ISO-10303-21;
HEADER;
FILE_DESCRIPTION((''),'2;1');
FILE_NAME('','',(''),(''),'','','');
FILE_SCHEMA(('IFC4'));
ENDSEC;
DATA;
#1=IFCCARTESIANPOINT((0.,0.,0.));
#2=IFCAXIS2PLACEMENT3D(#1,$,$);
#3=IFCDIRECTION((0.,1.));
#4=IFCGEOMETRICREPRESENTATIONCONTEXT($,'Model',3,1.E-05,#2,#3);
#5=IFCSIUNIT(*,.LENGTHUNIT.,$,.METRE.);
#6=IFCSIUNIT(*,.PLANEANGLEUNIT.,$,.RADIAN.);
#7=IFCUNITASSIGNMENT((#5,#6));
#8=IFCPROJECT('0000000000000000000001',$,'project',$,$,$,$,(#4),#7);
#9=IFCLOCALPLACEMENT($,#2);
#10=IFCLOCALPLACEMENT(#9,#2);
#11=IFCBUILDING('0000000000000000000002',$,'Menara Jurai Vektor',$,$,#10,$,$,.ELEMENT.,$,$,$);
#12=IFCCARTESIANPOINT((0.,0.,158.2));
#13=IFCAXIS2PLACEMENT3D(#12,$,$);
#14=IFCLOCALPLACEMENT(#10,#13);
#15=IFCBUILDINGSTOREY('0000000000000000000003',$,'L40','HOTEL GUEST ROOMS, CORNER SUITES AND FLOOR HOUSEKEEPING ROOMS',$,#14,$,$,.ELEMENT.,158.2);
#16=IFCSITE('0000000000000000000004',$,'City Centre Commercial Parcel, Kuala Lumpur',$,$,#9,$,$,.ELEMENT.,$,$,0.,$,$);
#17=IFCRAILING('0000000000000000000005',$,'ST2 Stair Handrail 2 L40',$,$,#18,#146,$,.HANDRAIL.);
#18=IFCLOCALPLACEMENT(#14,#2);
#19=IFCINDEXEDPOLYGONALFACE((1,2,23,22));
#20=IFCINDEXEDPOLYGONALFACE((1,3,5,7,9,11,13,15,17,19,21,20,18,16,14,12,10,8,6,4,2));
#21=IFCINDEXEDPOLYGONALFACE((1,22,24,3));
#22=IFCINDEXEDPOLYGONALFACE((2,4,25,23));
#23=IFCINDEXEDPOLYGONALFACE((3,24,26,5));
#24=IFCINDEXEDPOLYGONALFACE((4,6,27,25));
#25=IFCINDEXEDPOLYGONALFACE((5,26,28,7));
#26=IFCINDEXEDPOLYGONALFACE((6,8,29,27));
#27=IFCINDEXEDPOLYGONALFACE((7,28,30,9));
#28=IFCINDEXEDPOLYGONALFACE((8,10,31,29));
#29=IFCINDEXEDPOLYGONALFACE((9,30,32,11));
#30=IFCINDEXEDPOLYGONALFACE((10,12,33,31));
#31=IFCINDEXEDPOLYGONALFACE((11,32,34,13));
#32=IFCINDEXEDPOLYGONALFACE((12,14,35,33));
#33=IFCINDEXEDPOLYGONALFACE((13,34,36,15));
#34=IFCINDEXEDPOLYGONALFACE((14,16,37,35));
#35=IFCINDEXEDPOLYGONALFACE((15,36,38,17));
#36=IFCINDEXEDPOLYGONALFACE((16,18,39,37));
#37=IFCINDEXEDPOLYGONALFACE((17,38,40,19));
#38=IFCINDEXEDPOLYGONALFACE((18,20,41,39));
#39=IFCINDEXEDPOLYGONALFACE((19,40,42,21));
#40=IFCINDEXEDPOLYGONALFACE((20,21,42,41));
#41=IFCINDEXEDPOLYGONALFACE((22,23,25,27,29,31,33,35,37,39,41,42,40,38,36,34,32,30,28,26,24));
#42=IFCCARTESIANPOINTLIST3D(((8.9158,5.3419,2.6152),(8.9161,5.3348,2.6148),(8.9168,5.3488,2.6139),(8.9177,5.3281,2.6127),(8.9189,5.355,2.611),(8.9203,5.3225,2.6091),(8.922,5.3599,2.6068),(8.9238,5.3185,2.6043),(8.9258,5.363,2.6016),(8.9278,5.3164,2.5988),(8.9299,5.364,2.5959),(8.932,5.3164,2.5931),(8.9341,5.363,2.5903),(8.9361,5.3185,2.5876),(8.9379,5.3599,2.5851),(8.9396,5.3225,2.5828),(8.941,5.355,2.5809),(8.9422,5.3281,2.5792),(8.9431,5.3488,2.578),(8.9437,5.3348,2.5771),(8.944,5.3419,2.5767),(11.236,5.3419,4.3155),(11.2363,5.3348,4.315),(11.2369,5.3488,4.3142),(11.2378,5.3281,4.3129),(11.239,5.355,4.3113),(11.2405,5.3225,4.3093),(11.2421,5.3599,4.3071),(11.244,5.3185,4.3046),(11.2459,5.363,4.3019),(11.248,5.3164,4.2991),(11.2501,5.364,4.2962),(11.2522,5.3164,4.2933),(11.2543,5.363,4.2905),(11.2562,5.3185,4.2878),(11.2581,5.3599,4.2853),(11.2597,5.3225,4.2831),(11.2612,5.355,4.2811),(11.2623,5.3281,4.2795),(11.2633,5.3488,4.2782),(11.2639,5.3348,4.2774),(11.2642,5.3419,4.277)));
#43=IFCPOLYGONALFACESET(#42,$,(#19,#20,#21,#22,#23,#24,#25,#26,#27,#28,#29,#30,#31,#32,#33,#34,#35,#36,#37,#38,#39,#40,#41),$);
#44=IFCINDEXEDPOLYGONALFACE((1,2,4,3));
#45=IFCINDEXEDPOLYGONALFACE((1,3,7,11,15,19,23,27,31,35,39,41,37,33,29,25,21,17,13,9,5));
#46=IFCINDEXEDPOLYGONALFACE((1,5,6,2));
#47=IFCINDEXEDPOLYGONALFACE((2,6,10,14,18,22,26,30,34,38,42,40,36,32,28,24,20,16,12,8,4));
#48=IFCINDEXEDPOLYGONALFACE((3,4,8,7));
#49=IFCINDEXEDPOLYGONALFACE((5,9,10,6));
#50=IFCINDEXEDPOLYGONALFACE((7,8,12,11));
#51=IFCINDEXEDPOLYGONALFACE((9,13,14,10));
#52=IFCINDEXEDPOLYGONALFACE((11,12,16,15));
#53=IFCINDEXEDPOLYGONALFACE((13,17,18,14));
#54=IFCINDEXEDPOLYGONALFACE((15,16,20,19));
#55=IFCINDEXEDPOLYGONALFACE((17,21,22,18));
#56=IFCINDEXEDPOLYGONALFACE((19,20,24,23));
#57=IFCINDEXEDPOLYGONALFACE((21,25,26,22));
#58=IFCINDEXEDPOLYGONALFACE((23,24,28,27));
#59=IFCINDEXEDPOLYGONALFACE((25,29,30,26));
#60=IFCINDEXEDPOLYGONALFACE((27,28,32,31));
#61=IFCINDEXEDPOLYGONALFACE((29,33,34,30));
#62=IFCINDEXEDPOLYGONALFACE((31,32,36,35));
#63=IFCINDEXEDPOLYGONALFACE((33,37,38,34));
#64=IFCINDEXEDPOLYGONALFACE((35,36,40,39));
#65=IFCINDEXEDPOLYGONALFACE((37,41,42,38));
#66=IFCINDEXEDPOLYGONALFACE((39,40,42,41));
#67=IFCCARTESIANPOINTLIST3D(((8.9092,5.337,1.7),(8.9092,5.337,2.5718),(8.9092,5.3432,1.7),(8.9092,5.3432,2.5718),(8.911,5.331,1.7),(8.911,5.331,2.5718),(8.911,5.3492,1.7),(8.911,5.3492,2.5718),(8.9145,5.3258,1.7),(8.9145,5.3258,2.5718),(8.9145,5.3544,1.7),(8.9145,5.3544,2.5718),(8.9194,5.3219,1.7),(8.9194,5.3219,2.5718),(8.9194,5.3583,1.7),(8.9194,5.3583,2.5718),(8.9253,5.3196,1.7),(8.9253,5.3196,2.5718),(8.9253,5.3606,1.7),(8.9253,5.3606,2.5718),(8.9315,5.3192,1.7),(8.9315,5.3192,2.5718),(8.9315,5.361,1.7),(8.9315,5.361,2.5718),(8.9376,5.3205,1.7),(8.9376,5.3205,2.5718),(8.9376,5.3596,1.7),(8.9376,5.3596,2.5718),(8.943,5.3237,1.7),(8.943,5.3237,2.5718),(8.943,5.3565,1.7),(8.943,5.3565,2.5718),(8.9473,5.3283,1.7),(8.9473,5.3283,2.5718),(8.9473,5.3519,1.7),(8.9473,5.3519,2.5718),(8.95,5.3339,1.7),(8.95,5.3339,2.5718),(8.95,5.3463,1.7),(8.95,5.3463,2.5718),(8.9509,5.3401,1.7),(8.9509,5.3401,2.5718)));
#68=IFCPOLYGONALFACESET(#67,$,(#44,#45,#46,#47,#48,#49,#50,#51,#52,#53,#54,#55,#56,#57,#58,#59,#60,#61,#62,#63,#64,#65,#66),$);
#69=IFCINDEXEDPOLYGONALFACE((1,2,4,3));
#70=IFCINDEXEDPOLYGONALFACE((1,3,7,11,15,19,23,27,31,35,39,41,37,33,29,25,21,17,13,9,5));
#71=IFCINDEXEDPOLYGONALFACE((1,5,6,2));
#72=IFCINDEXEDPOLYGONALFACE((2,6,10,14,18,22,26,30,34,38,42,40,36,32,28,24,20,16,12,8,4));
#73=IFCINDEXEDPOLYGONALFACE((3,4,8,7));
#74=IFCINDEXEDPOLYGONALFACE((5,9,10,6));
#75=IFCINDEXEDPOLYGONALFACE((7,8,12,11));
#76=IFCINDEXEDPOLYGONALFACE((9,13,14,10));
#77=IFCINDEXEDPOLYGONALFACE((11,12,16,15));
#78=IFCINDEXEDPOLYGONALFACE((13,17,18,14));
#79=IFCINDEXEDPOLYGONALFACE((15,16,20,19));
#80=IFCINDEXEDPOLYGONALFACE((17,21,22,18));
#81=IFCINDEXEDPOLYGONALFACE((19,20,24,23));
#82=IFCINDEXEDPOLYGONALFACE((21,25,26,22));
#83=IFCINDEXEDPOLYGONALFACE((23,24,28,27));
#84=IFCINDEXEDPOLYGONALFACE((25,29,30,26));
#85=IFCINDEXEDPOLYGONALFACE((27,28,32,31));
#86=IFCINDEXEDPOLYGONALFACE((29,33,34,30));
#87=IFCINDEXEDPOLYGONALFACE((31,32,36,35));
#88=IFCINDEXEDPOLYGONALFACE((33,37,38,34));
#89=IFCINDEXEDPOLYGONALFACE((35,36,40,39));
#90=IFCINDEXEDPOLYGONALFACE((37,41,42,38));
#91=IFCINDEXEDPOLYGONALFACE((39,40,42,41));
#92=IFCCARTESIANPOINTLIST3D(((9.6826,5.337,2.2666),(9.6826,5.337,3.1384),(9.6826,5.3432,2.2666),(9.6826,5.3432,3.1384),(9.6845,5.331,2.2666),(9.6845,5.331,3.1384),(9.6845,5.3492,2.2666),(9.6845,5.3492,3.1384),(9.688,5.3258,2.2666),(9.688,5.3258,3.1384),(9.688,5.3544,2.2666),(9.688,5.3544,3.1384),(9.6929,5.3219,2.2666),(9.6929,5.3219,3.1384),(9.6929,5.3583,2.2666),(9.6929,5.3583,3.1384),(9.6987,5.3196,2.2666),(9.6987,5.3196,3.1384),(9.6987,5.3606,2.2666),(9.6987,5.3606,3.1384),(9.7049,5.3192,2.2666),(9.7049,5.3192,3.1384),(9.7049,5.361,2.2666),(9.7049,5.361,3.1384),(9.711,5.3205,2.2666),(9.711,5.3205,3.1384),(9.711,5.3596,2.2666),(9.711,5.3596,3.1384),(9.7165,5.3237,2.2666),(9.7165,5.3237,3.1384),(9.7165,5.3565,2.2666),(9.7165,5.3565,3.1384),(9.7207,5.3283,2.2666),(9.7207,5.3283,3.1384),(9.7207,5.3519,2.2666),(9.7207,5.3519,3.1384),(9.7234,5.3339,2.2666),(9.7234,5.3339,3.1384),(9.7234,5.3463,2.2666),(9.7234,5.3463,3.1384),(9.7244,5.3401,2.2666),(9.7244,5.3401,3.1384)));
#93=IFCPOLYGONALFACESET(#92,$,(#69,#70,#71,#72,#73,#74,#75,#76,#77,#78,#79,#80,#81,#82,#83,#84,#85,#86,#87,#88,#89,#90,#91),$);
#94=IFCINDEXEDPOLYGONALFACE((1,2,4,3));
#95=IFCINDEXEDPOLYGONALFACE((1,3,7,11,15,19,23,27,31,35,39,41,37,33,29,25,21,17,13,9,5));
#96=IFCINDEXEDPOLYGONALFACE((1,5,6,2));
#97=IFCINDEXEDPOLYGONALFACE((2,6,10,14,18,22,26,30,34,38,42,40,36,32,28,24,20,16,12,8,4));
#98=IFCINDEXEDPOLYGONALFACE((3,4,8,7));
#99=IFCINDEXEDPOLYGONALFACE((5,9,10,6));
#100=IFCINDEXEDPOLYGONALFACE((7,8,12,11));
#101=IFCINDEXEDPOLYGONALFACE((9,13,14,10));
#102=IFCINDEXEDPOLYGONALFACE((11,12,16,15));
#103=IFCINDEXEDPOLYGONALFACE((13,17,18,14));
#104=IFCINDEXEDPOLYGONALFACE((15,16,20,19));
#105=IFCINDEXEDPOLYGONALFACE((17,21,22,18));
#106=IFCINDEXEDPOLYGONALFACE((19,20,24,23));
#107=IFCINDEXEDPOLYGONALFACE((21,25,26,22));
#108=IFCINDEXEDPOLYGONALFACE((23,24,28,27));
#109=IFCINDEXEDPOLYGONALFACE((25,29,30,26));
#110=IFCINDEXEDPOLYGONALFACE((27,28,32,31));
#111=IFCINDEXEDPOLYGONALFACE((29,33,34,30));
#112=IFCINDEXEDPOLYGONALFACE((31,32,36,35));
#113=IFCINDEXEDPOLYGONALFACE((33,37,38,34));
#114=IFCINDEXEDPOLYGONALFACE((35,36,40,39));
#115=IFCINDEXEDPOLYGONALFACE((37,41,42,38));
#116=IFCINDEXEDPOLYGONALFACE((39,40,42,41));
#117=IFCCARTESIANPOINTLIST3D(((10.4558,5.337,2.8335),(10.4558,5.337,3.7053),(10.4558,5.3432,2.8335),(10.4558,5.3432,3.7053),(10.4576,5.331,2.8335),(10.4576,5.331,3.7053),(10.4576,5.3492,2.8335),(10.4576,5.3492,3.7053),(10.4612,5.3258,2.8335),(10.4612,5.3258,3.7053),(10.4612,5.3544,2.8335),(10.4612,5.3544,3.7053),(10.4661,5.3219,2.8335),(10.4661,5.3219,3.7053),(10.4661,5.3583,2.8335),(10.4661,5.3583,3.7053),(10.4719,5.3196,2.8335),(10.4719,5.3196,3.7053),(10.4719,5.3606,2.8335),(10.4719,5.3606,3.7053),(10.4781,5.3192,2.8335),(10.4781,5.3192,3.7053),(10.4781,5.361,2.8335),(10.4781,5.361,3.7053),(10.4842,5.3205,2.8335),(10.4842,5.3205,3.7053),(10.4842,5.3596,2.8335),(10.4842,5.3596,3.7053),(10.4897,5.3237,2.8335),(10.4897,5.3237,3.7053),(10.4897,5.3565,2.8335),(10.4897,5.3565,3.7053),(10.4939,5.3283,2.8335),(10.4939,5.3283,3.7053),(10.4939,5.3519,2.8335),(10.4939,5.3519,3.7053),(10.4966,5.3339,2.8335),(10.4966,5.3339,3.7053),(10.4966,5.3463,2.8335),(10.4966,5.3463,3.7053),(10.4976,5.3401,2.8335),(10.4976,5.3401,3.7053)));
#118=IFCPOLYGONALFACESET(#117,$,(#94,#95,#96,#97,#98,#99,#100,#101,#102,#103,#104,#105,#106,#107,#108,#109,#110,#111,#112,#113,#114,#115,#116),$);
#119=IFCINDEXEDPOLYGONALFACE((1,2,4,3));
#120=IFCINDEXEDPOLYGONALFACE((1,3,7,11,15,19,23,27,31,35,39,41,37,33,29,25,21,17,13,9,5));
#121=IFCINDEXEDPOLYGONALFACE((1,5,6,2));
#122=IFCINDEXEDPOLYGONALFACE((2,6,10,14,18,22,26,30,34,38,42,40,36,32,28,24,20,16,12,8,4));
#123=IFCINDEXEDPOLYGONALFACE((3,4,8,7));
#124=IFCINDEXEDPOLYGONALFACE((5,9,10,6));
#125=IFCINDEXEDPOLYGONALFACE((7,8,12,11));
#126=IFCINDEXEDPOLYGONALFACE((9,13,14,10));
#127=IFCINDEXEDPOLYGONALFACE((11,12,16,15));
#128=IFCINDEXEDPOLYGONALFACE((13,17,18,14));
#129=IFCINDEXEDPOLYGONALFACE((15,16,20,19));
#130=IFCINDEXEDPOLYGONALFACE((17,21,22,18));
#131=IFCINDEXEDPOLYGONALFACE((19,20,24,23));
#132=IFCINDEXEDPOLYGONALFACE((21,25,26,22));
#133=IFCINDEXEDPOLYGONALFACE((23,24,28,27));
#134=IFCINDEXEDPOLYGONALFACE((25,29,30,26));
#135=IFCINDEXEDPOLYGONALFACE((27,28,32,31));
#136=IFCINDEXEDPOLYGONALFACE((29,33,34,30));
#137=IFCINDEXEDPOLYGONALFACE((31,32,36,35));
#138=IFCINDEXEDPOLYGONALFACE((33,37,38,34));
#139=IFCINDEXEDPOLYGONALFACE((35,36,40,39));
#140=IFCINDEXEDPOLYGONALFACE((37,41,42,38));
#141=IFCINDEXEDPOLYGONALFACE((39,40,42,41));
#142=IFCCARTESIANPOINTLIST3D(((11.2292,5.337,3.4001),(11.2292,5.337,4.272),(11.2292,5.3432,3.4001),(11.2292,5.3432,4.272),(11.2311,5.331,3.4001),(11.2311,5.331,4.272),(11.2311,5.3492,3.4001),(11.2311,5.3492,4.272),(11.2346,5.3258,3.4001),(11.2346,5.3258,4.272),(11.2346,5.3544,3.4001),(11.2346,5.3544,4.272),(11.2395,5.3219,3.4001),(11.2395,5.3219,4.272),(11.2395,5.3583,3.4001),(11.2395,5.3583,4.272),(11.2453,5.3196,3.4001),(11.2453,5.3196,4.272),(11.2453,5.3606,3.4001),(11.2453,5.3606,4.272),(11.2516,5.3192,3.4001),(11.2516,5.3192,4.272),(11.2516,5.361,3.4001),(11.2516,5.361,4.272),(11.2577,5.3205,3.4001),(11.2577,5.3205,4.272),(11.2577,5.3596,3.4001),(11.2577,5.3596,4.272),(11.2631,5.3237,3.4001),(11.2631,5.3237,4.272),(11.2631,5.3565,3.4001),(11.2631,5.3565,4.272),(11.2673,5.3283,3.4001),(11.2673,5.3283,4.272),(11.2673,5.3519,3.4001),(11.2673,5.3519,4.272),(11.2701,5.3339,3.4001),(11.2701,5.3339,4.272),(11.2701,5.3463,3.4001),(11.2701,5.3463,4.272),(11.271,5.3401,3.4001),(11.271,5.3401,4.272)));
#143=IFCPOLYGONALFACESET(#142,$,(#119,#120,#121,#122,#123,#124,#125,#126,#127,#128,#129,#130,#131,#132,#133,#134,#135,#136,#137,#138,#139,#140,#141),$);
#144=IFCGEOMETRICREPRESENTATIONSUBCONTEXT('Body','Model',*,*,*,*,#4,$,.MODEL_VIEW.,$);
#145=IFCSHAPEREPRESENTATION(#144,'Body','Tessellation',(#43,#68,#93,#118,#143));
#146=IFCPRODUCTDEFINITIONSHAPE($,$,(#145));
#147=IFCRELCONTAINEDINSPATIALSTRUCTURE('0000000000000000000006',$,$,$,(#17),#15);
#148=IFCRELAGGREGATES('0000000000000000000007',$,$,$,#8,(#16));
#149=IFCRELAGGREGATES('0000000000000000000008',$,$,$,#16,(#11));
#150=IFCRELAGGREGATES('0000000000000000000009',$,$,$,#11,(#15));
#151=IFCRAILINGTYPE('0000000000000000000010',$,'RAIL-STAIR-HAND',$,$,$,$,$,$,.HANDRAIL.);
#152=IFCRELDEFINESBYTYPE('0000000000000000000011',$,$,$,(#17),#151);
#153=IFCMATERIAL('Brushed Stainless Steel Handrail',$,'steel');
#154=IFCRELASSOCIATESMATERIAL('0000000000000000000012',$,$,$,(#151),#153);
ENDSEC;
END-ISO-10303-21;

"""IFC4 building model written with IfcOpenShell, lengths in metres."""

from ifc_helpers import new_model, si_unit, direction, frame, origin, origin_2d, place, context, subcontext, project, spatial, circle, extrude, material, type_object, element, save


model = new_model("IFC4")

# Units and contexts
model_context = context("Model", 3, precision=1e-05, world=origin(), true_north=direction((0.0, 1.0)))
body_context = subcontext(model_context, "Body", "Model", "MODEL_VIEW")
ifc_project = project(units=[si_unit("LENGTHUNIT", "METRE"), si_unit("PLANEANGLEUNIT", "RADIAN")], contexts=[model_context])

# Site, building, storey
site_placement = place(None, origin())
site = spatial("IfcSite", under=ifc_project, at=site_placement, Name="City Centre Commercial Parcel, Kuala Lumpur", CompositionType="ELEMENT", RefElevation=0.0)
building_placement = place(site_placement, origin())
building = spatial("IfcBuilding", under=site, at=building_placement, Name="Menara Jurai Vektor", CompositionType="ELEMENT")
storey_placement = place(building_placement, frame((0.0, 0.0, 158.2)))
storey = spatial("IfcBuildingStorey", under=building, at=storey_placement, Name="L40", Description="HOTEL GUEST ROOMS, CORNER SUITES AND FLOOR HOUSEKEEPING ROOMS", CompositionType="ELEMENT", Elevation=158.2)

# Railing
ifc_material_1 = material(Name="Brushed Stainless Steel Handrail", Category="steel")
railing_type_1 = type_object("IfcRailingType", Name="RAIL-STAIR-HAND", PredefinedType="HANDRAIL", material=ifc_material_1)
railing_1_placement = place(storey_placement, frame((8.9299, 5.3401, 1.7)))
element("IfcRailing", 1, at=railing_1_placement, inside=storey, type_object=railing_type_1, Name="ST2 Stair Handrail 2 L40", PredefinedType="HANDRAIL", context=body_context, shape_type="SweptSolid", body=[
    extrude(circle(Radius=0.0239, at=origin_2d()), frame((0.0, 0.0, 0.896), z_axis=(0.806602, 0.0, 0.591095), x_axis=(0.0, 1.0, 0.0)), (0.0, 0.0, 1.0), 2.8765),
    extrude(circle(Radius=0.021, at=origin_2d()), origin(), (0.0, 0.0, 1.0), 0.8718),
    extrude(circle(Radius=0.021, at=origin_2d()), frame((0.7734, 0.0, 0.5667)), (0.0, 0.0, 1.0), 0.8718),
    extrude(circle(Radius=0.021, at=origin_2d()), frame((1.5466, 0.0, 1.1335)), (0.0, 0.0, 1.0), 0.8718),
    extrude(circle(Radius=0.021, at=origin_2d()), frame((2.3201, 0.0, 1.7002)), (0.0, 0.0, 1.0), 0.8718),
])

save(model, "model.ifc")
